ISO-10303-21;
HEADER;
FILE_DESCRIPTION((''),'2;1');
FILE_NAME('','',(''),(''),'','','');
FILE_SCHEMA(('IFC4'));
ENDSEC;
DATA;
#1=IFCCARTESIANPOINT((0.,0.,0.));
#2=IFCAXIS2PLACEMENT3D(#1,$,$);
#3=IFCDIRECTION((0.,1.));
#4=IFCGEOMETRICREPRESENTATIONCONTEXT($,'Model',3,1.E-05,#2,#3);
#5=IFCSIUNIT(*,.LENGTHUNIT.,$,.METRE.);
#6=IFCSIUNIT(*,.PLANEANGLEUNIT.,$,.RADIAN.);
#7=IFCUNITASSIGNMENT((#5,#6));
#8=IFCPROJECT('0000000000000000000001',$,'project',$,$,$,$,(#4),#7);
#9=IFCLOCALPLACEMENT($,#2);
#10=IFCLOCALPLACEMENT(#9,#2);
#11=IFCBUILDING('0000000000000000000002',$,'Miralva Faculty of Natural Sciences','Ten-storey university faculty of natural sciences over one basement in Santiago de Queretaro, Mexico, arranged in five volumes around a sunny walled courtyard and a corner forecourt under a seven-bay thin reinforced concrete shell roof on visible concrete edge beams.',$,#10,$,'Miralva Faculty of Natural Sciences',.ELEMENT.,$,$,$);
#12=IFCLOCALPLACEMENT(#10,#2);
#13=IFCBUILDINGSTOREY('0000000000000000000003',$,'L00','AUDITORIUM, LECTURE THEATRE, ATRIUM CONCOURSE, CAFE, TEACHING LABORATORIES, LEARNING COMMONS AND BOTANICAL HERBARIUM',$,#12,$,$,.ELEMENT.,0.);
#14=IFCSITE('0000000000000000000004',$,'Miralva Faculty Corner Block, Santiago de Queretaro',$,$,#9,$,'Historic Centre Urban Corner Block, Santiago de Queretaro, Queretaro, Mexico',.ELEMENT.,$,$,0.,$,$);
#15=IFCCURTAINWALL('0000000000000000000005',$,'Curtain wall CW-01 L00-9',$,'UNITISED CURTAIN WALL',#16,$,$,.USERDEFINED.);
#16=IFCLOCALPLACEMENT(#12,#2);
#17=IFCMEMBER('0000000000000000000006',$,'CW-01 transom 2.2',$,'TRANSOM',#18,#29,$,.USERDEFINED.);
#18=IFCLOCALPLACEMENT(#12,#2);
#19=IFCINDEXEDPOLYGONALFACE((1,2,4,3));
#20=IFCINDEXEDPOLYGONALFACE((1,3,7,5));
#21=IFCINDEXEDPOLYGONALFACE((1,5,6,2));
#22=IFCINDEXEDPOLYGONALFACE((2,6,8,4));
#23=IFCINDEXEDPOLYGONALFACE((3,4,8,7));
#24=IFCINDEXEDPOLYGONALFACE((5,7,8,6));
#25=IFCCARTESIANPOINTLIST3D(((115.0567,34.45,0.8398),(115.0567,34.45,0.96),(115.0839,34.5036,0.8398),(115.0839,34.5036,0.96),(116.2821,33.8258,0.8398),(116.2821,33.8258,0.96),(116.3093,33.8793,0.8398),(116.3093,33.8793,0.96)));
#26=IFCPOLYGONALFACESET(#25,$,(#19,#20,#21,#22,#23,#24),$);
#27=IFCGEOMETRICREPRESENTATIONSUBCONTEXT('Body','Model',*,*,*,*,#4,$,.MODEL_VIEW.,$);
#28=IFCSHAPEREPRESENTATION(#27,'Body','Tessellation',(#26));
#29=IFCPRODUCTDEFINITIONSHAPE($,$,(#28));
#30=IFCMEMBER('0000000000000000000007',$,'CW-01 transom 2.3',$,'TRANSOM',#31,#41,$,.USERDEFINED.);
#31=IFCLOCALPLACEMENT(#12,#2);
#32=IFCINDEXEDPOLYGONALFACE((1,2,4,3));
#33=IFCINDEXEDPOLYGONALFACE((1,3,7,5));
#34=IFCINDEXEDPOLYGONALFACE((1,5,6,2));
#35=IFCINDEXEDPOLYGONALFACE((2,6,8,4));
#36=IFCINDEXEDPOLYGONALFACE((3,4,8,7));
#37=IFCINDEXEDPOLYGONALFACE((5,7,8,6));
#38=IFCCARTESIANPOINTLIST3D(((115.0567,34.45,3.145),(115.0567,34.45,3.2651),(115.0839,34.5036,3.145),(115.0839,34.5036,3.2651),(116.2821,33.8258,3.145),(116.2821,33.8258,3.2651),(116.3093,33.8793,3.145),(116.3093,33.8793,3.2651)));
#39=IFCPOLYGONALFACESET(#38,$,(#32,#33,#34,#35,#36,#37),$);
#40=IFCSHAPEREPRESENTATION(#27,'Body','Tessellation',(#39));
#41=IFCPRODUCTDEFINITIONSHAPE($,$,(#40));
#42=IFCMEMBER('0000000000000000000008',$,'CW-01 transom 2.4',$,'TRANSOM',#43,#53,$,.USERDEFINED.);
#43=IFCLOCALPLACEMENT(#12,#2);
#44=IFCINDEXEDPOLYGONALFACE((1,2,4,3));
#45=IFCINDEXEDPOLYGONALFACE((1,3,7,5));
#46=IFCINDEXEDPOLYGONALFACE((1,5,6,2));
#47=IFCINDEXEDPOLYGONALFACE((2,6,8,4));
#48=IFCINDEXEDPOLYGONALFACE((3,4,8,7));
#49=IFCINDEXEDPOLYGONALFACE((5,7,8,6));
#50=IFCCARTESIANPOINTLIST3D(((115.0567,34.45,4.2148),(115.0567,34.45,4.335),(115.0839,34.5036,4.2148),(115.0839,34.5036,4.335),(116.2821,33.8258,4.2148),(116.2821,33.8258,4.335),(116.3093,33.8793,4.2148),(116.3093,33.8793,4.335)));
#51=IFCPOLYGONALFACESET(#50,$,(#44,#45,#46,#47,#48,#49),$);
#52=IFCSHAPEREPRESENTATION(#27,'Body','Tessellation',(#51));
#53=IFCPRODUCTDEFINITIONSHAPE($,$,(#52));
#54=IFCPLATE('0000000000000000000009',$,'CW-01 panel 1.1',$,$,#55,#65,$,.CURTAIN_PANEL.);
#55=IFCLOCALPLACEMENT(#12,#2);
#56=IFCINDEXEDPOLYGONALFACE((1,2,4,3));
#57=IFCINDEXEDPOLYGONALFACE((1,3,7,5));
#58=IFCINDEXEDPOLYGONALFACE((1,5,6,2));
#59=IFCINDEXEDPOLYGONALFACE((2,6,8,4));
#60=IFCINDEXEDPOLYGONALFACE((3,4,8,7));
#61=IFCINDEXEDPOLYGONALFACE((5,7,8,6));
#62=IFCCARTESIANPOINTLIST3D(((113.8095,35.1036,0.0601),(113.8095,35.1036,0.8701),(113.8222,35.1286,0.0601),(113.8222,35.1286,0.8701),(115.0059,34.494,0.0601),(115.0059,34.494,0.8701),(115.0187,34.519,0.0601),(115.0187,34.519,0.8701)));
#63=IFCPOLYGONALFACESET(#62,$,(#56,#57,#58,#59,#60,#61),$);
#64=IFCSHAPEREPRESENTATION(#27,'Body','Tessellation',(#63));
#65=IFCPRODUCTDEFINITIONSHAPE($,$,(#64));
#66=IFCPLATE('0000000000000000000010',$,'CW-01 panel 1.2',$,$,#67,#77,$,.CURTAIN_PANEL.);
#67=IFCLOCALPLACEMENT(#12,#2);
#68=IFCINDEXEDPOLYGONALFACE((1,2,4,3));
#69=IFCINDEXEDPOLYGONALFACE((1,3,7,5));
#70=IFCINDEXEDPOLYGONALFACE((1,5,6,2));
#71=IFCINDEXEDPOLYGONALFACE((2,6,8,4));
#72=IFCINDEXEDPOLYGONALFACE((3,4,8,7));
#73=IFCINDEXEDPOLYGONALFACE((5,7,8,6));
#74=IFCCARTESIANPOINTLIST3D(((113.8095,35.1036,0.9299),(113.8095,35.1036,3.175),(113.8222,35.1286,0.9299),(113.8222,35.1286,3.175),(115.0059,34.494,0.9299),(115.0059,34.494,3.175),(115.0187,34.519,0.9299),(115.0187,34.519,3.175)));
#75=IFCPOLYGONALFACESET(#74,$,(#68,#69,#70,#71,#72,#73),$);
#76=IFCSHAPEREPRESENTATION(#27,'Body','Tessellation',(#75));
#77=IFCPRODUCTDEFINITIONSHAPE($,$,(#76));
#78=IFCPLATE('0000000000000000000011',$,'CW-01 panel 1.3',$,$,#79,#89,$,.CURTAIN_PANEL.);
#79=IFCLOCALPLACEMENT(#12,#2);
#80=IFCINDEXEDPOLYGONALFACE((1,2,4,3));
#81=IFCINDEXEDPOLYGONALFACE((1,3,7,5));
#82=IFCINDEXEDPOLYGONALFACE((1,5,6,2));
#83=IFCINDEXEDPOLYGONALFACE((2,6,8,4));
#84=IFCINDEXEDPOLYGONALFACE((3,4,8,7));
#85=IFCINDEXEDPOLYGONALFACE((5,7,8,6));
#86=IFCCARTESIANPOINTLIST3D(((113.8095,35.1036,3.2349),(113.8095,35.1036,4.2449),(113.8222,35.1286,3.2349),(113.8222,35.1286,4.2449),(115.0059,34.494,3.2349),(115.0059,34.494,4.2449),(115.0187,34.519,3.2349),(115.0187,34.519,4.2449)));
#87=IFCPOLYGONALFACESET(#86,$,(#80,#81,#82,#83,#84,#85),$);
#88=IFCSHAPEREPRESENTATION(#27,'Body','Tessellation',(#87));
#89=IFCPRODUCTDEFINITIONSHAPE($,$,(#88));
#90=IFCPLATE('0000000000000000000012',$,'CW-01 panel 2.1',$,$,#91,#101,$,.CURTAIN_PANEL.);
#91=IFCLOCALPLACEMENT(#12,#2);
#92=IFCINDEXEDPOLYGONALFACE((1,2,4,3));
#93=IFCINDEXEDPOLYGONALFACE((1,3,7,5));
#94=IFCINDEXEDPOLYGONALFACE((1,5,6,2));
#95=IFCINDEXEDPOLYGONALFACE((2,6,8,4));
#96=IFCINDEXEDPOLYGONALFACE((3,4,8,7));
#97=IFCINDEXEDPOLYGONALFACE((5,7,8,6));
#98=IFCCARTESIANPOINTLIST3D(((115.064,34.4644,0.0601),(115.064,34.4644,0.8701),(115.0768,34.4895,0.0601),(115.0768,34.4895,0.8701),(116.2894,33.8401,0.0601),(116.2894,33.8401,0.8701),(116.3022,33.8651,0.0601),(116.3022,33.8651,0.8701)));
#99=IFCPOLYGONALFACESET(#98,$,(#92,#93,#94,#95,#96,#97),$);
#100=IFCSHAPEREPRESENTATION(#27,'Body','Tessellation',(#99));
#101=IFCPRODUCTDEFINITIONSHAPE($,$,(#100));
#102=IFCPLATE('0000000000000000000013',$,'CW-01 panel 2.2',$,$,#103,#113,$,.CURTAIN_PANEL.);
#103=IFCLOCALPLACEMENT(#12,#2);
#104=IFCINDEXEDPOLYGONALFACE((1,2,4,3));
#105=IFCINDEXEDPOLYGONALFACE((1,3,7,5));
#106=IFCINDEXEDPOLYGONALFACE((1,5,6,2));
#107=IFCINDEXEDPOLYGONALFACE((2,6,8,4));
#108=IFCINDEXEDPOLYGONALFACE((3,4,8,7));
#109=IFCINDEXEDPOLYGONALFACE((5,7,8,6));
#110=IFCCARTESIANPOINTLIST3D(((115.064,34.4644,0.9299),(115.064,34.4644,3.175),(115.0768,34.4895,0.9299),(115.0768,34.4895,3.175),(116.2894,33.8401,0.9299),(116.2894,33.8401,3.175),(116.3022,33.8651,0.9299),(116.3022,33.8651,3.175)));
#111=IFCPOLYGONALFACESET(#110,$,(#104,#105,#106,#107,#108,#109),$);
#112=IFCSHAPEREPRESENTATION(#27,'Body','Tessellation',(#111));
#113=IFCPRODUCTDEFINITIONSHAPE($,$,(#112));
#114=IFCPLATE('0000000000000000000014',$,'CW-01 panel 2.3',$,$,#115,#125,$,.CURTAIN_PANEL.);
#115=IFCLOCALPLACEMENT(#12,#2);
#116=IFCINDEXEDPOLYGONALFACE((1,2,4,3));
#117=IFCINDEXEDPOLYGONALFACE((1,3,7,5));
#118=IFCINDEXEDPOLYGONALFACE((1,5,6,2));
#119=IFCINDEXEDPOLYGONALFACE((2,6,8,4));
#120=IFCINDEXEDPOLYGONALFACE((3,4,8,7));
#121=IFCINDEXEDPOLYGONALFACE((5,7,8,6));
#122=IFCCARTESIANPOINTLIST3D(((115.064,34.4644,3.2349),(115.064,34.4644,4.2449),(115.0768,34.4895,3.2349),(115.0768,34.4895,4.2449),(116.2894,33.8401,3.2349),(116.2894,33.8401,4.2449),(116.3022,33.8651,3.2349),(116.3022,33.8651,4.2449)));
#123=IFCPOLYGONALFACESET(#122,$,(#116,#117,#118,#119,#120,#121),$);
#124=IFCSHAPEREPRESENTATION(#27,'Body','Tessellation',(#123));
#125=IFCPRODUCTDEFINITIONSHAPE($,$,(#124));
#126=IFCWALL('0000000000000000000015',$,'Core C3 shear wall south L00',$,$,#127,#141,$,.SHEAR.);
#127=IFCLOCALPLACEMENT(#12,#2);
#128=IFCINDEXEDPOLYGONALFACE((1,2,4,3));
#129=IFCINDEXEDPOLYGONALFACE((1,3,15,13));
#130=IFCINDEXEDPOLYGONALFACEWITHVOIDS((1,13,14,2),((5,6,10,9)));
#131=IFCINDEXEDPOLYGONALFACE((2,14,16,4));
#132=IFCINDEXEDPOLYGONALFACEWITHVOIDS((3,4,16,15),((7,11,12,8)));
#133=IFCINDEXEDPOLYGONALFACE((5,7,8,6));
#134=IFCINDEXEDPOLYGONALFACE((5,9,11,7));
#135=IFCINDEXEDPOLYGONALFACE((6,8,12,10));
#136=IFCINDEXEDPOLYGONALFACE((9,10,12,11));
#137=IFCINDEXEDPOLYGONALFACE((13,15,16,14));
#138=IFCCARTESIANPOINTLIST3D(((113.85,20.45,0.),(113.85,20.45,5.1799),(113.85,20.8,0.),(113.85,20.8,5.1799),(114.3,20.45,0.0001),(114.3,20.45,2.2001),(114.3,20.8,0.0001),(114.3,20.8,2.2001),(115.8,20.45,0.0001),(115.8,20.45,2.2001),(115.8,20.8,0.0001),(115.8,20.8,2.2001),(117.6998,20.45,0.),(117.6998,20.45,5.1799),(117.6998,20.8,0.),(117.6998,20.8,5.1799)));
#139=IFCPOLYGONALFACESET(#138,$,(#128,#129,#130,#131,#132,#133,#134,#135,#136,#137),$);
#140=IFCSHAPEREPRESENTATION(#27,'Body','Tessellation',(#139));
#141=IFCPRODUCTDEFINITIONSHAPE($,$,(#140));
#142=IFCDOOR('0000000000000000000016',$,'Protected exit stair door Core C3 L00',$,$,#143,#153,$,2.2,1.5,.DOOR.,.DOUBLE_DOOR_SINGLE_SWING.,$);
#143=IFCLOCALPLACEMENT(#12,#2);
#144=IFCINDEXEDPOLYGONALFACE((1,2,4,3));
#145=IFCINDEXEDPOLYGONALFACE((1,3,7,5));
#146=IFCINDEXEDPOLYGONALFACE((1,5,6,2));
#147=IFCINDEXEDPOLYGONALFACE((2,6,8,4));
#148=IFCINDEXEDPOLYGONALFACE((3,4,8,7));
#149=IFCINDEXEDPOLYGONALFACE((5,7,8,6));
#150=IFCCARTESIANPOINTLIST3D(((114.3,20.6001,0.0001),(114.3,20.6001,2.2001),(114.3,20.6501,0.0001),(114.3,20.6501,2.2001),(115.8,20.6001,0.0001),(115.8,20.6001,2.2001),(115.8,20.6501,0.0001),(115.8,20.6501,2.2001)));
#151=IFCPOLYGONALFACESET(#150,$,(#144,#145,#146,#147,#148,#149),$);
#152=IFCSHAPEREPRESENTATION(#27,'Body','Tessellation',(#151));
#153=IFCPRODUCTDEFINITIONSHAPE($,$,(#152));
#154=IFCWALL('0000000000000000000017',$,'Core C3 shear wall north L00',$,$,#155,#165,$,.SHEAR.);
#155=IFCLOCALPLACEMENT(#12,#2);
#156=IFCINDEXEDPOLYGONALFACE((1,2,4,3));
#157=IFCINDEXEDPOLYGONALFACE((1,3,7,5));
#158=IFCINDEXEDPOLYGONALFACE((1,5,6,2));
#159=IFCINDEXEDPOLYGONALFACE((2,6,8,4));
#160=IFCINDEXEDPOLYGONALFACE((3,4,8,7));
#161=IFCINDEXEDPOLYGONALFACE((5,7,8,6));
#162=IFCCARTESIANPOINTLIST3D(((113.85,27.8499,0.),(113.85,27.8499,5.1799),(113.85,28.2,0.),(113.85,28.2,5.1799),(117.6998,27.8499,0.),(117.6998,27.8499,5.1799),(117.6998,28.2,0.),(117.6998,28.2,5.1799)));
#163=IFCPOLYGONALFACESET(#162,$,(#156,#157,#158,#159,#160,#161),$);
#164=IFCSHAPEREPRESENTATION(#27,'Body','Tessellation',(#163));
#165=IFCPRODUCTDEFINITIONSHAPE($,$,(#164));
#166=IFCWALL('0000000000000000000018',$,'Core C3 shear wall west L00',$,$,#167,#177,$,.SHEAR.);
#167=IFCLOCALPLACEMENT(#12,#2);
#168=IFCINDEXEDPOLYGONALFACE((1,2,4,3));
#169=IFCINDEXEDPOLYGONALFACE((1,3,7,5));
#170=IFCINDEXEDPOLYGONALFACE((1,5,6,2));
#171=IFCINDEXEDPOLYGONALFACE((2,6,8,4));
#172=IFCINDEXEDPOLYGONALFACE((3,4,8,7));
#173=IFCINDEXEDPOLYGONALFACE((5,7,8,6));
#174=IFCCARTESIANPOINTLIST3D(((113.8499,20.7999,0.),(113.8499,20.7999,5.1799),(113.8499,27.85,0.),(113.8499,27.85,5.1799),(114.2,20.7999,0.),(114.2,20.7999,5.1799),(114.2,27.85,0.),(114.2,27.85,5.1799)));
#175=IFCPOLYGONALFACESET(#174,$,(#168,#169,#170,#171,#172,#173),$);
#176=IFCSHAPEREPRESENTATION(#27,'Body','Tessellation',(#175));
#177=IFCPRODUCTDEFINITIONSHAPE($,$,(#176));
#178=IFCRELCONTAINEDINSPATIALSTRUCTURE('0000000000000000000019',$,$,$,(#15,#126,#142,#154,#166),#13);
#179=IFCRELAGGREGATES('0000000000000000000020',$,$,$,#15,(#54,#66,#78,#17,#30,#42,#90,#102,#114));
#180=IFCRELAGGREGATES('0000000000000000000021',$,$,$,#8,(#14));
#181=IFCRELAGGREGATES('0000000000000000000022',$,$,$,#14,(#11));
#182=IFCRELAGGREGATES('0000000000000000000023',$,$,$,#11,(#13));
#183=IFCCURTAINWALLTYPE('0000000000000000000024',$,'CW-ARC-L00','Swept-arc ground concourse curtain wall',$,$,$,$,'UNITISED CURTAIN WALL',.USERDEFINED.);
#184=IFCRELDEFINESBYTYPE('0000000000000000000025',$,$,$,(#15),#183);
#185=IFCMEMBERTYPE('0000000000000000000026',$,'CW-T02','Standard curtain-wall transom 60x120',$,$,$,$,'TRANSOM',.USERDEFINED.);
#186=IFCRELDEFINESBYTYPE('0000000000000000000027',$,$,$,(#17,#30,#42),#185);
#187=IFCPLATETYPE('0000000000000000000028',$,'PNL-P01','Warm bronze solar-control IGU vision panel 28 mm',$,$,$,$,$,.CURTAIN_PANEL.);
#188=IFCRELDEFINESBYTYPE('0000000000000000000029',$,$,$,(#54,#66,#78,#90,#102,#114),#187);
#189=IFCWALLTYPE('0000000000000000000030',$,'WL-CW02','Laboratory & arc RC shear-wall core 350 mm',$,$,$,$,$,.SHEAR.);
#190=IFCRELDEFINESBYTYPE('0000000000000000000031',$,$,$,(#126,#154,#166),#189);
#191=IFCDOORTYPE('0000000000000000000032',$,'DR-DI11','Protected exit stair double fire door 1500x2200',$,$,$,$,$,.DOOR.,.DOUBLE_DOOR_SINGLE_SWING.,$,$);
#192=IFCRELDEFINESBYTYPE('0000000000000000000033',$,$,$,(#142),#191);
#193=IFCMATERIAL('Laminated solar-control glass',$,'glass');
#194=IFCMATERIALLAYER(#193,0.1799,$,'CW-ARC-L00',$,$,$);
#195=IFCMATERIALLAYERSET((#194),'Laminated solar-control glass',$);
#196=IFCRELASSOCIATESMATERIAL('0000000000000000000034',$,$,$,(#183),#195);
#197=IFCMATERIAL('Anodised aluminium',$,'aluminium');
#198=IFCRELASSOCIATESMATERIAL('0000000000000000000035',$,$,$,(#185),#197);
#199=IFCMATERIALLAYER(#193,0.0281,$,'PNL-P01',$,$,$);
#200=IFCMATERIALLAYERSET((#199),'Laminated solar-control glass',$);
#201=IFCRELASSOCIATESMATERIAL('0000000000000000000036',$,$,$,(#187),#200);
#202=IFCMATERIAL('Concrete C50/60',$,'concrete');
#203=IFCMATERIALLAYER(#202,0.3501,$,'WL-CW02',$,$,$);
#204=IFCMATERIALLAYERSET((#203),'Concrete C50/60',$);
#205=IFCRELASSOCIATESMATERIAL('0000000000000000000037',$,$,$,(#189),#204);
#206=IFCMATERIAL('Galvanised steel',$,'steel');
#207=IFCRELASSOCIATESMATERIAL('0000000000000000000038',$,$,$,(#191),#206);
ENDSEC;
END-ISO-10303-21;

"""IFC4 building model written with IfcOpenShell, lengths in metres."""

from ifc_helpers import new_model, si_unit, direction, frame, frame_2d, origin, origin_2d, place, context, subcontext, project, spatial, rectangle, extrude, material, layer, layer_set, material_profile, profile_set, type_object, element, fill, aggregate, save


model = new_model("IFC4")

# Units and contexts
model_context = context("Model", 3, precision=1e-05, world=origin(), true_north=direction((0.0, 1.0)))
body_context = subcontext(model_context, "Body", "Model", "MODEL_VIEW")
ifc_project = project(units=[si_unit("LENGTHUNIT", "METRE"), si_unit("PLANEANGLEUNIT", "RADIAN")], contexts=[model_context])

# Site, building, storey
site_placement = place(None, origin())
site = spatial("IfcSite", under=ifc_project, at=site_placement, Name="Miralva Faculty Corner Block, Santiago de Queretaro", LongName="Historic Centre Urban Corner Block, Santiago de Queretaro, Queretaro, Mexico", CompositionType="ELEMENT", RefElevation=0.0)
building_placement = place(site_placement, origin())
building = spatial("IfcBuilding", under=site, at=building_placement, Name="Miralva Faculty of Natural Sciences", Description="Ten-storey university faculty of natural sciences over one basement in Santiago de Queretaro, Mexico, arranged in five volumes around a sunny walled courtyard and a corner forecourt under a seven-bay thin reinforced concrete shell roof on visible concrete edge beams.", LongName="Miralva Faculty of Natural Sciences", CompositionType="ELEMENT")
storey_placement = place(building_placement, origin())
storey = spatial("IfcBuildingStorey", under=building, at=storey_placement, Name="L00", Description="AUDITORIUM, LECTURE THEATRE, ATRIUM CONCOURSE, CAFE, TEACHING LABORATORIES, LEARNING COMMONS AND BOTANICAL HERBARIUM", CompositionType="ELEMENT", Elevation=0.0)

# Shared definitions
ifc_material_1 = material(Name="Concrete C50/60", Category="concrete")

# Curtain wall, members, plates
ifc_material_2 = material(Name="Laminated solar-control glass", Category="glass")
ifc_layer_1 = layer(ifc_material_2, 0.1799, Name="CW-ARC-L00")
ifc_layer_set_1 = layer_set([ifc_layer_1], Name="Laminated solar-control glass")
curtain_wall_type = type_object("IfcCurtainWallType", Name="CW-ARC-L00", Description="Swept-arc ground concourse curtain wall", ElementType="UNITISED CURTAIN WALL", PredefinedType="USERDEFINED", material=ifc_layer_set_1)
curtain_wall_placement = place(storey_placement, origin())
curtain_wall = element("IfcCurtainWall", 1, at=curtain_wall_placement, inside=storey, type_object=curtain_wall_type, Name="Curtain wall CW-01 L00-9", ObjectType="UNITISED CURTAIN WALL", PredefinedType="USERDEFINED")
ifc_material_3 = material(Name="Anodised aluminium", Category="aluminium")
ifc_material_profile_1 = material_profile(ifc_material_3, rectangle(XDim=0.0601, YDim=0.1201, at=origin_2d()), Name="TRANSOM 60x120")
ifc_profile_set_1 = profile_set([ifc_material_profile_1], Name="Anodised aluminium")
member_type_1 = type_object("IfcMemberType", Name="CW-T02", Description="Standard curtain-wall transom 60x120", ElementType="TRANSOM", PredefinedType="USERDEFINED", material=ifc_profile_set_1)
member_1_placement = place(storey_placement, frame((115.0703, 34.4768, 0.8999), z_axis=(0.891029, -0.453947, 0.0), x_axis=(0.453947, 0.891029, 0.0)))
member_1 = element("IfcMember", 2, at=member_1_placement, type_object=member_type_1, Name="CW-01 transom 2.2", ObjectType="TRANSOM", PredefinedType="USERDEFINED", context=body_context, shape_type="SweptSolid", body=[
    extrude(rectangle(XDim=0.0601, YDim=0.1201, at=origin_2d()), origin(), (0.0, 0.0, 1.0), 1.3752),
])
member_2_placement = place(storey_placement, frame((115.0703, 34.4768, 3.2051), z_axis=(0.891029, -0.453947, 0.0), x_axis=(0.453947, 0.891029, 0.0)))
member_2 = element("IfcMember", 3, at=member_2_placement, type_object=member_type_1, Name="CW-01 transom 2.3", ObjectType="TRANSOM", PredefinedType="USERDEFINED", context=body_context, shape_type="SweptSolid", body=[
    extrude(rectangle(XDim=0.0601, YDim=0.1201, at=origin_2d()), origin(), (0.0, 0.0, 1.0), 1.3752),
])
member_3_placement = place(storey_placement, frame((115.0703, 34.4768, 4.2749), z_axis=(0.891029, -0.453947, 0.0), x_axis=(0.453947, 0.891029, 0.0)))
member_3 = element("IfcMember", 4, at=member_3_placement, type_object=member_type_1, Name="CW-01 transom 2.4", ObjectType="TRANSOM", PredefinedType="USERDEFINED", context=body_context, shape_type="SweptSolid", body=[
    extrude(rectangle(XDim=0.0601, YDim=0.1201, at=origin_2d()), origin(), (0.0, 0.0, 1.0), 1.3752),
])
ifc_layer_2 = layer(ifc_material_2, 0.0281, Name="PNL-P01")
ifc_layer_set_2 = layer_set([ifc_layer_2], Name="Laminated solar-control glass")
plate_type = type_object("IfcPlateType", Name="PNL-P01", Description="Warm bronze solar-control IGU vision panel 28 mm", PredefinedType="CURTAIN_PANEL", material=ifc_layer_set_2)
plate_1_placement = place(storey_placement, frame((114.4141, 34.8113, 0.0601), z_axis=(0.0, 0.0, 1.0), x_axis=(0.891018, -0.453968, 0.0)))
plate_1 = element("IfcPlate", 5, at=plate_1_placement, type_object=plate_type, Name="CW-01 panel 1.1", PredefinedType="CURTAIN_PANEL", context=body_context, shape_type="SweptSolid", body=[
    extrude(rectangle(XDim=1.3428, YDim=0.0281, at=origin_2d()), origin(), (0.0, 0.0, 1.0), 0.8101),
])
plate_2_placement = place(storey_placement, frame((114.4141, 34.8113, 0.9299), z_axis=(0.0, 0.0, 1.0), x_axis=(0.891018, -0.453968, 0.0)))
plate_2 = element("IfcPlate", 6, at=plate_2_placement, type_object=plate_type, Name="CW-01 panel 1.2", PredefinedType="CURTAIN_PANEL", context=body_context, shape_type="SweptSolid", body=[
    extrude(rectangle(XDim=1.3428, YDim=0.0281, at=origin_2d()), origin(), (0.0, 0.0, 1.0), 2.2451),
])
plate_3_placement = place(storey_placement, frame((114.4141, 34.8113, 3.2349), z_axis=(0.0, 0.0, 1.0), x_axis=(0.891018, -0.453968, 0.0)))
plate_3 = element("IfcPlate", 7, at=plate_3_placement, type_object=plate_type, Name="CW-01 panel 1.3", PredefinedType="CURTAIN_PANEL", context=body_context, shape_type="SweptSolid", body=[
    extrude(rectangle(XDim=1.3428, YDim=0.0281, at=origin_2d()), origin(), (0.0, 0.0, 1.0), 1.01),
])
plate_4_placement = place(storey_placement, frame((115.6831, 34.1648, 0.0601), z_axis=(0.0, 0.0, 1.0), x_axis=(0.891018, -0.453968, 0.0)))
plate_4 = element("IfcPlate", 8, at=plate_4_placement, type_object=plate_type, Name="CW-01 panel 2.1", PredefinedType="CURTAIN_PANEL", context=body_context, shape_type="SweptSolid", body=[
    extrude(rectangle(XDim=1.3752, YDim=0.0281, at=origin_2d()), origin(), (0.0, 0.0, 1.0), 0.8101),
])
plate_5_placement = place(storey_placement, frame((115.6831, 34.1648, 0.9299), z_axis=(0.0, 0.0, 1.0), x_axis=(0.891018, -0.453968, 0.0)))
plate_5 = element("IfcPlate", 9, at=plate_5_placement, type_object=plate_type, Name="CW-01 panel 2.2", PredefinedType="CURTAIN_PANEL", context=body_context, shape_type="SweptSolid", body=[
    extrude(rectangle(XDim=1.3752, YDim=0.0281, at=origin_2d()), origin(), (0.0, 0.0, 1.0), 2.2451),
])
plate_6_placement = place(storey_placement, frame((115.6831, 34.1648, 3.2349), z_axis=(0.0, 0.0, 1.0), x_axis=(0.891018, -0.453968, 0.0)))
plate_6 = element("IfcPlate", 10, at=plate_6_placement, type_object=plate_type, Name="CW-01 panel 2.3", PredefinedType="CURTAIN_PANEL", context=body_context, shape_type="SweptSolid", body=[
    extrude(rectangle(XDim=1.3752, YDim=0.0281, at=origin_2d()), origin(), (0.0, 0.0, 1.0), 1.01),
])
aggregate(curtain_wall, [plate_1, plate_2, plate_3, member_1, member_2, member_3, plate_4, plate_5, plate_6])

# Wall, opening, door
ifc_layer_3 = layer(ifc_material_1, 0.3501, Name="WL-CW02")
ifc_layer_set_3 = layer_set([ifc_layer_3], Name="Concrete C50/60")
wall_type_1 = type_object("IfcWallType", Name="WL-CW02", Description="Laboratory & arc RC shear-wall core 350 mm", PredefinedType="SHEAR", material=ifc_layer_set_3)
wall_1_placement = place(storey_placement, frame((113.8501, 20.625, 0.0), z_axis=(0.0, 0.0, 1.0), x_axis=(1.0, 0.0, 0.0)))
wall_1 = element("IfcWall", 11, at=wall_1_placement, inside=storey, type_object=wall_type_1, Name="Core C3 shear wall south L00", PredefinedType="SHEAR", context=body_context, shape_type="SweptSolid", body=[
    extrude(rectangle(XDim=3.8499, YDim=0.3501, at=frame_2d((1.9248, 0.0))), origin(), (0.0, 0.0, 1.0), 5.1799),
])
opening_1_placement = place(wall_1_placement, frame((0.45, 0.0, 0.0)))
opening_1 = element("IfcOpeningElement", 12, at=opening_1_placement, cuts=wall_1, PredefinedType="OPENING", context=body_context, shape_type="SweptSolid", body=[
    extrude(rectangle(XDim=1.5, YDim=2.2, at=frame_2d((0.75, 1.1001))), frame((0.0, 0.1851, 0.0), z_axis=(0.0, -1.0, 0.0), x_axis=(1.0, 0.0, 0.0)), (0.0, 0.0, 1.0), 0.3701),
])
ifc_material_4 = material(Name="Galvanised steel", Category="steel")
door_type_1 = type_object("IfcDoorType", Name="DR-DI11", Description="Protected exit stair double fire door 1500x2200", OperationType="DOUBLE_DOOR_SINGLE_SWING", PredefinedType="DOOR", material=ifc_material_4)
door_1_placement = place(opening_1_placement, frame((1.5, 0.0, 0.0), z_axis=(0.0, 0.0, 1.0), x_axis=(-1.0, 0.0, 0.0)))
door_1 = element("IfcDoor", 13, at=door_1_placement, inside=storey, type_object=door_type_1, Name="Protected exit stair door Core C3 L00", OperationType="DOUBLE_DOOR_SINGLE_SWING", OverallHeight=2.2, OverallWidth=1.5, PredefinedType="DOOR", context=body_context, shape_type="SweptSolid", body=[
    extrude(rectangle(XDim=1.5, YDim=2.2, at=frame_2d((0.75, 1.1001))), frame((0.0, 0.0249, 0.0), z_axis=(0.0, -1.0, 0.0), x_axis=(1.0, 0.0, 0.0)), (0.0, 0.0, 1.0), 0.05),
])
fill(opening_1, door_1)

# Walls
wall_2_placement = place(storey_placement, frame((113.8501, 28.0249, 0.0), z_axis=(0.0, 0.0, 1.0), x_axis=(1.0, 0.0, 0.0)))
element("IfcWall", 14, at=wall_2_placement, inside=storey, type_object=wall_type_1, Name="Core C3 shear wall north L00", PredefinedType="SHEAR", context=body_context, shape_type="SweptSolid", body=[
    extrude(rectangle(XDim=3.8499, YDim=0.3501, at=frame_2d((1.9248, 0.0))), origin(), (0.0, 0.0, 1.0), 5.1799),
])
wall_3_placement = place(storey_placement, frame((114.0249, 20.8, 0.0), z_axis=(0.0, 0.0, 1.0), x_axis=(0.0, 1.0, 0.0)))
element("IfcWall", 15, at=wall_3_placement, inside=storey, type_object=wall_type_1, Name="Core C3 shear wall west L00", PredefinedType="SHEAR", context=body_context, shape_type="SweptSolid", body=[
    extrude(rectangle(XDim=7.05, YDim=0.3501, at=frame_2d((3.5249, 0.0))), origin(), (0.0, 0.0, 1.0), 5.1799),
])

save(model, "model.ifc")
